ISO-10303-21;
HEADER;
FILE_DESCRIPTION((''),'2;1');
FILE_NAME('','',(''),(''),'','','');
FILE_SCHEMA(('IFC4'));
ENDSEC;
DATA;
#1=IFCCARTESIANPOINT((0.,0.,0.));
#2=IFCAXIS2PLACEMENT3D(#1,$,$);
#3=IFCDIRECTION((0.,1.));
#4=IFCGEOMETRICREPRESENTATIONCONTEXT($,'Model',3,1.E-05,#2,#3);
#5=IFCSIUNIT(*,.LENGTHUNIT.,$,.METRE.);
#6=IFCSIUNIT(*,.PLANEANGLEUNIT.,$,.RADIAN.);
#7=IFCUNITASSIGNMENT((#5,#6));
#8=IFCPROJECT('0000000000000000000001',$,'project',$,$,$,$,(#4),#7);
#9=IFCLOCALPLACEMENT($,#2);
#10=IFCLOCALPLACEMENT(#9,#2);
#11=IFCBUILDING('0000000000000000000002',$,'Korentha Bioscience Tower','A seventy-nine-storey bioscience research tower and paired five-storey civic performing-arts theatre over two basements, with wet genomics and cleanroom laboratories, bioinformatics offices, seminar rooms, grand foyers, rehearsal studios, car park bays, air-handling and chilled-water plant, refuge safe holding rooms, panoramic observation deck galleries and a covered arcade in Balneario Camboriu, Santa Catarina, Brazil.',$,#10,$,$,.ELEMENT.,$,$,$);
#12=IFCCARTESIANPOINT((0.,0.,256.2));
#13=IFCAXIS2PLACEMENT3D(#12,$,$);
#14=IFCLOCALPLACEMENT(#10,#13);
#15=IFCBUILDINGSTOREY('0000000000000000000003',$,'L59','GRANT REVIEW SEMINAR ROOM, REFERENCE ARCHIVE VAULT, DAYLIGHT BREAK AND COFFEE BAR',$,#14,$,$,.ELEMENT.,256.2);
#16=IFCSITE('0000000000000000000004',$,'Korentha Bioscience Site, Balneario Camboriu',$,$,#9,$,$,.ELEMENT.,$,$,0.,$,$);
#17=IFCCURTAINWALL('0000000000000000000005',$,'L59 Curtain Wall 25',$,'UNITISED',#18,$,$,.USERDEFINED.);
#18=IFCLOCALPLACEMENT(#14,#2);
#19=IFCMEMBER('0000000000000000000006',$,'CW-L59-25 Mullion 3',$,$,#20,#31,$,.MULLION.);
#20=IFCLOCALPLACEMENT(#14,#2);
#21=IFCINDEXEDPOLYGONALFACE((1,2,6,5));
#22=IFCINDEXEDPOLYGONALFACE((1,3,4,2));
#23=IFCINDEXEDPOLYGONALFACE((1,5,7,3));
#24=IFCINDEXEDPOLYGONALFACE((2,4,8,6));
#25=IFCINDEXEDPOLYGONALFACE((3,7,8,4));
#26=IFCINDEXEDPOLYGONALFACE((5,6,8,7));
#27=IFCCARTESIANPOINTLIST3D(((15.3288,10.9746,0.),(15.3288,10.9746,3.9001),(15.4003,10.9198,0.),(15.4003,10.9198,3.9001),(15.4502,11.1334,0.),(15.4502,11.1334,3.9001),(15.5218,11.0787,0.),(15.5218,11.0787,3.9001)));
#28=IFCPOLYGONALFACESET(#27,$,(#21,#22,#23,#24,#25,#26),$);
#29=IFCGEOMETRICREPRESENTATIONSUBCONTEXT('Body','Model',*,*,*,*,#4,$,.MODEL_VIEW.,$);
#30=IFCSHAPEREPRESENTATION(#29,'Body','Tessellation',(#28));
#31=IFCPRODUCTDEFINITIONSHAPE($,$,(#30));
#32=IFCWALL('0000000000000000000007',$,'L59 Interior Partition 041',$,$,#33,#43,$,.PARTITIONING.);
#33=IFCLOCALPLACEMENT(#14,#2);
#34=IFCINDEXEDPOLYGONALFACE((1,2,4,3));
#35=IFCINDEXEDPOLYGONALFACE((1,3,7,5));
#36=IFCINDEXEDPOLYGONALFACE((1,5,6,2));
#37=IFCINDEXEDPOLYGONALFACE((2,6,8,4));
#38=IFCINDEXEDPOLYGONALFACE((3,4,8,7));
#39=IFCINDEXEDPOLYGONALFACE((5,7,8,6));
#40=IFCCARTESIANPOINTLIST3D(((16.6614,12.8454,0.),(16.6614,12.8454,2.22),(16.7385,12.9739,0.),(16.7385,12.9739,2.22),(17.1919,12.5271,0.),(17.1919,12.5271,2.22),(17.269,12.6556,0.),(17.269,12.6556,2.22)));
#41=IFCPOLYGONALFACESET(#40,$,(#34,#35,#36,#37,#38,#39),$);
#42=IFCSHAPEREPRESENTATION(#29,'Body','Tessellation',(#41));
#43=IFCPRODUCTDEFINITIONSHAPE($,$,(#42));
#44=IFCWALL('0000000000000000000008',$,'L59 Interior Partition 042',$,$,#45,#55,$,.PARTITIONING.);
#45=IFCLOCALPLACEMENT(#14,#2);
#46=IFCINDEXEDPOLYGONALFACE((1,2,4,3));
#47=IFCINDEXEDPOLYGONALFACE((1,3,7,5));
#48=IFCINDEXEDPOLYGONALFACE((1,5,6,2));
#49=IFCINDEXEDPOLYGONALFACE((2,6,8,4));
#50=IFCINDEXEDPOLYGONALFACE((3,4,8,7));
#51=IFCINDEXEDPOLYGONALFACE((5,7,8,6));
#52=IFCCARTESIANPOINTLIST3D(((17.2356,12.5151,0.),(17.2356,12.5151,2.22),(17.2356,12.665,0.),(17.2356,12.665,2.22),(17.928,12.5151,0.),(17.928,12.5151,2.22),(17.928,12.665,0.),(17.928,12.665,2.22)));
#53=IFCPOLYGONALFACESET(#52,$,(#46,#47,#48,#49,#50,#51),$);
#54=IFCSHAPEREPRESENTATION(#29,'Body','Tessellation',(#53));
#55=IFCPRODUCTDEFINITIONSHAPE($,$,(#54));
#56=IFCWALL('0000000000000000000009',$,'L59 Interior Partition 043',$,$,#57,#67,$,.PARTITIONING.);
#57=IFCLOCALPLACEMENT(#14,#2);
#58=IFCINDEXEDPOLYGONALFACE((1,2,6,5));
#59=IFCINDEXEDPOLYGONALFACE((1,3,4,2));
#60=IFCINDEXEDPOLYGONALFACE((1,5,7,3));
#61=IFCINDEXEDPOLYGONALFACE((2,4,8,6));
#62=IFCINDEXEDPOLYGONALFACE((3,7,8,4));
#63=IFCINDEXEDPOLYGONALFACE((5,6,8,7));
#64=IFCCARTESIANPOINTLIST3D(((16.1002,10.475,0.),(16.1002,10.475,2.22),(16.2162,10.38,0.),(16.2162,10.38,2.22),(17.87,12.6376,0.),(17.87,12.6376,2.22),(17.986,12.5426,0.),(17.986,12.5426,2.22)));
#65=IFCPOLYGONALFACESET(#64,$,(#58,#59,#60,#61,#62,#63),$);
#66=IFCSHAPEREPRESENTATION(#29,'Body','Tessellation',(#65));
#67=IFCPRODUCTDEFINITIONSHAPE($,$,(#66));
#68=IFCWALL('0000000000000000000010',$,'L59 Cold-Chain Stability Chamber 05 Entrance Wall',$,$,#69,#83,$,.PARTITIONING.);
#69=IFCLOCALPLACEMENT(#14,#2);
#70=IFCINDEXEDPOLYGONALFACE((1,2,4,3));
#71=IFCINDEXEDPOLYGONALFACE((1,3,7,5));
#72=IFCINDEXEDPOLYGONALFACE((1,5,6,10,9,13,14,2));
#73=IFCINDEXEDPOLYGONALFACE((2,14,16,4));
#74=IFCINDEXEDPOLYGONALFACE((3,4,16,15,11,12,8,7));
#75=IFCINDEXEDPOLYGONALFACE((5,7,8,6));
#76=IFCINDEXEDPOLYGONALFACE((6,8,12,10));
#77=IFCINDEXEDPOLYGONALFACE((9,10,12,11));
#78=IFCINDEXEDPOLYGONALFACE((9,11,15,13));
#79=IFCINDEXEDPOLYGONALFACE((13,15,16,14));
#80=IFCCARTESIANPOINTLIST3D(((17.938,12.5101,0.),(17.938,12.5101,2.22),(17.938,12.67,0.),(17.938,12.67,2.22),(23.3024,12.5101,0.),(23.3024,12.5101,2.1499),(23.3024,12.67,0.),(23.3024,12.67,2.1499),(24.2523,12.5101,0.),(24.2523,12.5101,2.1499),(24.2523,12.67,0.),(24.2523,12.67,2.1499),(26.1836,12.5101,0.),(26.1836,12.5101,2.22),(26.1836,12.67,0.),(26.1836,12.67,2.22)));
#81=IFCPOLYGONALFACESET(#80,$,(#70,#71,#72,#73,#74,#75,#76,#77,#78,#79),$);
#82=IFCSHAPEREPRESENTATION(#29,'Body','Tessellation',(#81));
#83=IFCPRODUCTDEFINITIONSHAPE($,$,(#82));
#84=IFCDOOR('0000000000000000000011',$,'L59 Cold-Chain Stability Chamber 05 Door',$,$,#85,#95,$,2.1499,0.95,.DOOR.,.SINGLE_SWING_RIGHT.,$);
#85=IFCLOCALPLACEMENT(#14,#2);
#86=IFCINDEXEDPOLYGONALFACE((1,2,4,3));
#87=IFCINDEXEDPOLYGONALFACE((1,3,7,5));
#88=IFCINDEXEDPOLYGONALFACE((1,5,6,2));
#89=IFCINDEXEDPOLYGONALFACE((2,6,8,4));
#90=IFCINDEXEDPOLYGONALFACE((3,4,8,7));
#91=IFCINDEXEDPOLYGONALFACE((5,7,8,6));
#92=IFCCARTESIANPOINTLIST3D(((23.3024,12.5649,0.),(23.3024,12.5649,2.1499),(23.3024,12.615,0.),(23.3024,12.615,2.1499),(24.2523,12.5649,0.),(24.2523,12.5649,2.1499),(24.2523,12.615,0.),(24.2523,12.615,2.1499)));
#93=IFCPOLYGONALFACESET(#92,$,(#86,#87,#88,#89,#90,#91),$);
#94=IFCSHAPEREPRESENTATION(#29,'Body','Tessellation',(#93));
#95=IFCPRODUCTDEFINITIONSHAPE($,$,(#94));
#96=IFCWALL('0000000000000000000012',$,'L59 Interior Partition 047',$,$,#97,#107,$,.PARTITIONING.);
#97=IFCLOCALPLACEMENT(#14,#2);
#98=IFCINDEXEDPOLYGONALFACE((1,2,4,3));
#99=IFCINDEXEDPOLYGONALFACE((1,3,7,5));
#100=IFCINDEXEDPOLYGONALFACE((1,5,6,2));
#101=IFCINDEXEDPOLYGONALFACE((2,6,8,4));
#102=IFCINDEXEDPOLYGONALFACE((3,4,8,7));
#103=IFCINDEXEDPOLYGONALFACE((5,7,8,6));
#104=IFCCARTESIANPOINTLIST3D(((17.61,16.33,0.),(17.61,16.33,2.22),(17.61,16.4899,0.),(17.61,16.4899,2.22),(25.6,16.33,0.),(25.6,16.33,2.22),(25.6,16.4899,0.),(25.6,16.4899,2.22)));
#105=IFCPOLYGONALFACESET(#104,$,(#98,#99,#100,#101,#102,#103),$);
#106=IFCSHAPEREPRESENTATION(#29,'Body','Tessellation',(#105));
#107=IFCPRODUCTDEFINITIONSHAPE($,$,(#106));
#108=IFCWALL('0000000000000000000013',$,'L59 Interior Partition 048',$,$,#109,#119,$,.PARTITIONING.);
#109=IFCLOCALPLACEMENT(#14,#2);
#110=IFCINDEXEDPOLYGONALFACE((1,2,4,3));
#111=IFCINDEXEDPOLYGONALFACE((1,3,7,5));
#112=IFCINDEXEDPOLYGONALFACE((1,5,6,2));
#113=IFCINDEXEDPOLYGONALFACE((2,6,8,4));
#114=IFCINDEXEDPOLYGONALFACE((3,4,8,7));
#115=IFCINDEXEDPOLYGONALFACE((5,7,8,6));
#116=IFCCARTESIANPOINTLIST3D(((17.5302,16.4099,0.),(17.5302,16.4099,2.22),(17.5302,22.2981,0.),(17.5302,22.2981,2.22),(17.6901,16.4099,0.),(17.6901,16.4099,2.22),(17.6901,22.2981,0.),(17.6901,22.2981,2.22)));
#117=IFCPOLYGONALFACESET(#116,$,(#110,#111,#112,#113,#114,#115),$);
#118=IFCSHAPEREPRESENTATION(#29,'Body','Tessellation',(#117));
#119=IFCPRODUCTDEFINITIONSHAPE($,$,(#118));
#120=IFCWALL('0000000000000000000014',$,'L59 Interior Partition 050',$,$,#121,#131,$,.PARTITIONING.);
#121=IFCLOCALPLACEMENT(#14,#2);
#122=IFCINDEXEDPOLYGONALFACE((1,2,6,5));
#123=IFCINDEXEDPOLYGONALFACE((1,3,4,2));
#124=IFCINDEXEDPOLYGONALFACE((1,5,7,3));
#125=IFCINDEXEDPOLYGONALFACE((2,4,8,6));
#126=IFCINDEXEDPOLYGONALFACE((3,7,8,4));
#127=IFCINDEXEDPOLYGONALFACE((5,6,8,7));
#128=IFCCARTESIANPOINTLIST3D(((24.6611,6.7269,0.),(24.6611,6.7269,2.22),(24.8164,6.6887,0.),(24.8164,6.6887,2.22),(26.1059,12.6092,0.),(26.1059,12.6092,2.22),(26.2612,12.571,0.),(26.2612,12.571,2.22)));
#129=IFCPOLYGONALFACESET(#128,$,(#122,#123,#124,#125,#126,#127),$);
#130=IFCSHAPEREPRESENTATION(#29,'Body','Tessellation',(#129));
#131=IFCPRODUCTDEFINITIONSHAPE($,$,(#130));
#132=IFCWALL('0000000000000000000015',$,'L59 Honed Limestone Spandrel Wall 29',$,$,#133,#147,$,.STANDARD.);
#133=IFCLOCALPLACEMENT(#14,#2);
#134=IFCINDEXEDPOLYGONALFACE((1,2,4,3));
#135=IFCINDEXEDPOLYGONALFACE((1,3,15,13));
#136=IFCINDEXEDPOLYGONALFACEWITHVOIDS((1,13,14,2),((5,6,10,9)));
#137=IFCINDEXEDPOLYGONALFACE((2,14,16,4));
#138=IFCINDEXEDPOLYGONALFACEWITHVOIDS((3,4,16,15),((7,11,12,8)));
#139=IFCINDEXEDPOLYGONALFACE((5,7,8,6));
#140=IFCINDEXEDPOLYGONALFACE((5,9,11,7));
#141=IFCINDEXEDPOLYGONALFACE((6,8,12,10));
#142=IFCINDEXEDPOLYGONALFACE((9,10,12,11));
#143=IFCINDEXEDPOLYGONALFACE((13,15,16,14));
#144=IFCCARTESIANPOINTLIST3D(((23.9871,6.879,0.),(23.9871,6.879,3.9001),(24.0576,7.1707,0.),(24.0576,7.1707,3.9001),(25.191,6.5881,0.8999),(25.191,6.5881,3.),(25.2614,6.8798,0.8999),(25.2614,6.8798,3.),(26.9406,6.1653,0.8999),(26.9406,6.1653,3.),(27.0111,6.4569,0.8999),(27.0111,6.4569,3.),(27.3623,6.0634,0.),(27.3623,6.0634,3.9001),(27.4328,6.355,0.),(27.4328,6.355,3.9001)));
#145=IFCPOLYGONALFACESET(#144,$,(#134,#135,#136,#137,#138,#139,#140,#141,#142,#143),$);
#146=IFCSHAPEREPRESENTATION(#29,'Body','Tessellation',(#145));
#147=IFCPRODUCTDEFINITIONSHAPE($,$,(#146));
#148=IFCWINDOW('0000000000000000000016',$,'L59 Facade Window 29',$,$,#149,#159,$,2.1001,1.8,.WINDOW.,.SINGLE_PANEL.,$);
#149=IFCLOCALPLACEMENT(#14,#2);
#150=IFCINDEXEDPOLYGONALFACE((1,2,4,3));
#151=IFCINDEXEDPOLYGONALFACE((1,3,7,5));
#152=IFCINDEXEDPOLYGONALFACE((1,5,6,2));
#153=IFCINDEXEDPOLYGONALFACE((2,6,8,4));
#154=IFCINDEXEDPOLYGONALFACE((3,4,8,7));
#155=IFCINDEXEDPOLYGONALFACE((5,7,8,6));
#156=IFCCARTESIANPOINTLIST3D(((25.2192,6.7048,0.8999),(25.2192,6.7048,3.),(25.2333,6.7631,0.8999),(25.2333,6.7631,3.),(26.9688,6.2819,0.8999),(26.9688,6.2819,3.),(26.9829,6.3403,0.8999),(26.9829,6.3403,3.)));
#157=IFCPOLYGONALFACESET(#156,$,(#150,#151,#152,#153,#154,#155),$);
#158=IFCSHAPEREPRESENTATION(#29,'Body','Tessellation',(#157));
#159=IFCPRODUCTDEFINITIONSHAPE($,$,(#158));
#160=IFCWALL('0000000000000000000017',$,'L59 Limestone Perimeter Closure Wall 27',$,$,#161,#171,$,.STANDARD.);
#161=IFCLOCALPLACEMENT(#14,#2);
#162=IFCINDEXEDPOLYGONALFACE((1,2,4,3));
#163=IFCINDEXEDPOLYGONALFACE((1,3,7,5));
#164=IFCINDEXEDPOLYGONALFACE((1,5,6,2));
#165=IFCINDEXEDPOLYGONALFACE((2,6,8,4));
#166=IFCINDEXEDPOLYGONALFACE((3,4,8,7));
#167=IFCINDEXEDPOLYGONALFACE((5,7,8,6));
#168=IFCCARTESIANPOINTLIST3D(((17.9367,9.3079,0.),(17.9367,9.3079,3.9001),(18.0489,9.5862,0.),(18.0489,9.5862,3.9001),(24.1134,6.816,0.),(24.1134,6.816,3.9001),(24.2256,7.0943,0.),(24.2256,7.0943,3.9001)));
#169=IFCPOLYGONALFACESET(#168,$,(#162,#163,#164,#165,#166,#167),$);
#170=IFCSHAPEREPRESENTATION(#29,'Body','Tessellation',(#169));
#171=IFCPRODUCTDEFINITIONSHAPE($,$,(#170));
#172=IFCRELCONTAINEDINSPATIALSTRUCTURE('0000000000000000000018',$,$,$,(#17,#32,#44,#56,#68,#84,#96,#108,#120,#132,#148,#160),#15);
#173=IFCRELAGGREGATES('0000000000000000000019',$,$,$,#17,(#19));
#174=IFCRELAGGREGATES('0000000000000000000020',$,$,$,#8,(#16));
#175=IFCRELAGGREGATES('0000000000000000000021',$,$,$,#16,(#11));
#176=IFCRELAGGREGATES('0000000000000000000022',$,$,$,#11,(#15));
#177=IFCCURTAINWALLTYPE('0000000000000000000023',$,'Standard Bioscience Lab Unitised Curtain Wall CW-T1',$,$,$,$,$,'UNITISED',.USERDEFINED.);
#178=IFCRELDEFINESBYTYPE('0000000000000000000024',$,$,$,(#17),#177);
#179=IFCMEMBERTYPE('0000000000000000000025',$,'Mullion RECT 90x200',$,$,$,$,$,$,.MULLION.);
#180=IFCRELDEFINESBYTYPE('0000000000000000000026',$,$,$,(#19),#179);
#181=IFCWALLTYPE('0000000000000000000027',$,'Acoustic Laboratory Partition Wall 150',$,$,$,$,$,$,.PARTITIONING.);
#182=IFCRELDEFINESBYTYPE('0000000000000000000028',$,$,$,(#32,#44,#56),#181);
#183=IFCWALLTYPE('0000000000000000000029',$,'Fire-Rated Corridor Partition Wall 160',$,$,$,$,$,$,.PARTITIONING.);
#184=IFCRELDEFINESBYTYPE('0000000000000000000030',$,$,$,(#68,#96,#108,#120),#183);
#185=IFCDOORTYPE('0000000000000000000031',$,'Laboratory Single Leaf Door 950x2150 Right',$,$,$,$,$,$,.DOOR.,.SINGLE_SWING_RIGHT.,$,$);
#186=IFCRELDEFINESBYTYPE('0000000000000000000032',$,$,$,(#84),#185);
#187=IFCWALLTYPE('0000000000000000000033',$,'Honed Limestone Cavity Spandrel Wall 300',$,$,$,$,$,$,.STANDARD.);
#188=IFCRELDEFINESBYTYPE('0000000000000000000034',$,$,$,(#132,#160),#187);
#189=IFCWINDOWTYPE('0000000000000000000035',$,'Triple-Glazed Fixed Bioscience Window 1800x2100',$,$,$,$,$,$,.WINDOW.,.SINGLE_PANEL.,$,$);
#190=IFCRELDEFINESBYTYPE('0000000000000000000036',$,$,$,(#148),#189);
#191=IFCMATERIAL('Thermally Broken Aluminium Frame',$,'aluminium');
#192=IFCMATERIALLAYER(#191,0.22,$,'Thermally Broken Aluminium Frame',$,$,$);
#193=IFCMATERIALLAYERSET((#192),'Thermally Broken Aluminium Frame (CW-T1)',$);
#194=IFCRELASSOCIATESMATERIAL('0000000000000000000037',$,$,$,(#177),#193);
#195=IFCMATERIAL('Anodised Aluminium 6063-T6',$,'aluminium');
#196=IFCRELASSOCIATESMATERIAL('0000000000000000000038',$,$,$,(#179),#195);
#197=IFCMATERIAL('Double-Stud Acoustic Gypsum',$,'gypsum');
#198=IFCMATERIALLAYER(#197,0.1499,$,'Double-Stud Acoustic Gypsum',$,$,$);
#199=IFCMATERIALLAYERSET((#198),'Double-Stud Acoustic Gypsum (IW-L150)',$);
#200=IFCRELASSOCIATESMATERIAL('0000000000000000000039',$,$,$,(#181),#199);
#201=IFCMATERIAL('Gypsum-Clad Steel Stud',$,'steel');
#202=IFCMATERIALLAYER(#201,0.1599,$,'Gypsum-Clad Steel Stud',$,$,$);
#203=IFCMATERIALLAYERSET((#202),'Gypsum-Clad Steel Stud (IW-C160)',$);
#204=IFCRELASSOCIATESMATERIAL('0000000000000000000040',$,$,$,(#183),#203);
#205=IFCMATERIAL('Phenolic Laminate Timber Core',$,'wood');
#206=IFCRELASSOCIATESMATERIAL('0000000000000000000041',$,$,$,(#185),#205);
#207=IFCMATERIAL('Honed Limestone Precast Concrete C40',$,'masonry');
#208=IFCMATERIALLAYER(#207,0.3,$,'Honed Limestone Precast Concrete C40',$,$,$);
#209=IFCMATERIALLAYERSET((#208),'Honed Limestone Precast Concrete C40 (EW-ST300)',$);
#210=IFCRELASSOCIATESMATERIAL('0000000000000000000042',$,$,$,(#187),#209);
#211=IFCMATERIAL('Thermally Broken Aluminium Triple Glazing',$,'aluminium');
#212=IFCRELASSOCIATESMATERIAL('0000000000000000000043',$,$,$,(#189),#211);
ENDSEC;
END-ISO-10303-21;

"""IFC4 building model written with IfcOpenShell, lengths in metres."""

from ifc_helpers import new_model, si_unit, direction, frame, frame_2d, origin, origin_2d, place, context, subcontext, project, spatial, rectangle, extrude, material, layer, layer_set, material_profile, profile_set, type_object, element, fill, aggregate, save


model = new_model("IFC4")

# Units and contexts
model_context = context("Model", 3, precision=1e-05, world=origin(), true_north=direction((0.0, 1.0)))
body_context = subcontext(model_context, "Body", "Model", "MODEL_VIEW")
ifc_project = project(units=[si_unit("LENGTHUNIT", "METRE"), si_unit("PLANEANGLEUNIT", "RADIAN")], contexts=[model_context])

# Site, building, storey
site_placement = place(None, origin())
site = spatial("IfcSite", under=ifc_project, at=site_placement, Name="Korentha Bioscience Site, Balneario Camboriu", CompositionType="ELEMENT", RefElevation=0.0)
building_placement = place(site_placement, origin())
building = spatial("IfcBuilding", under=site, at=building_placement, Name="Korentha Bioscience Tower", Description="A seventy-nine-storey bioscience research tower and paired five-storey civic performing-arts theatre over two basements, with wet genomics and cleanroom laboratories, bioinformatics offices, seminar rooms, grand foyers, rehearsal studios, car park bays, air-handling and chilled-water plant, refuge safe holding rooms, panoramic observation deck galleries and a covered arcade in Balneario Camboriu, Santa Catarina, Brazil.", CompositionType="ELEMENT")
storey_placement = place(building_placement, frame((0.0, 0.0, 256.2)))
storey = spatial("IfcBuildingStorey", under=building, at=storey_placement, Name="L59", Description="GRANT REVIEW SEMINAR ROOM, REFERENCE ARCHIVE VAULT, DAYLIGHT BREAK AND COFFEE BAR", CompositionType="ELEMENT", Elevation=256.2)

# Curtain wall, member
ifc_material_1 = material(Name="Thermally Broken Aluminium Frame", Category="aluminium")
ifc_layer_1 = layer(ifc_material_1, 0.22, Name="Thermally Broken Aluminium Frame")
ifc_layer_set_1 = layer_set([ifc_layer_1], Name="Thermally Broken Aluminium Frame (CW-T1)")
curtain_wall_type = type_object("IfcCurtainWallType", Name="Standard Bioscience Lab Unitised Curtain Wall CW-T1", ElementType="UNITISED", PredefinedType="USERDEFINED", material=ifc_layer_set_1)
curtain_wall_placement = place(storey_placement, origin())
curtain_wall = element("IfcCurtainWall", 1, at=curtain_wall_placement, inside=storey, type_object=curtain_wall_type, Name="L59 Curtain Wall 25", ObjectType="UNITISED", PredefinedType="USERDEFINED")
ifc_material_2 = material(Name="Anodised Aluminium 6063-T6", Category="aluminium")
ifc_material_profile_1 = material_profile(ifc_material_2, rectangle(XDim=0.0901, YDim=0.2, at=origin_2d()), Name="Anodised Aluminium 6063-T6")
ifc_profile_set_1 = profile_set([ifc_material_profile_1], Name="Anodised Aluminium 6063-T6 (CW-MUL)")
member_type = type_object("IfcMemberType", Name="Mullion RECT 90x200", PredefinedType="MULLION", material=ifc_profile_set_1)
member_placement = place(storey_placement, frame((15.4253, 11.0266, 0.0), z_axis=(0.0, 0.0, 1.0), x_axis=(0.794382, -0.607418, 0.0)))
member = element("IfcMember", 2, at=member_placement, type_object=member_type, Name="CW-L59-25 Mullion 3", PredefinedType="MULLION", context=body_context, shape_type="SweptSolid", body=[
    extrude(rectangle(XDim=0.0901, YDim=0.2, at=origin_2d()), origin(), (0.0, 0.0, 1.0), 3.9001),
])
aggregate(curtain_wall, [member])

# Shared definitions
ifc_material_3 = material(Name="Double-Stud Acoustic Gypsum", Category="gypsum")
ifc_layer_2 = layer(ifc_material_3, 0.1499, Name="Double-Stud Acoustic Gypsum")
ifc_layer_set_2 = layer_set([ifc_layer_2], Name="Double-Stud Acoustic Gypsum (IW-L150)")
wall_type_1 = type_object("IfcWallType", Name="Acoustic Laboratory Partition Wall 150", PredefinedType="PARTITIONING", material=ifc_layer_set_2)
ifc_material_4 = material(Name="Phenolic Laminate Timber Core", Category="wood")

# Walls
wall_1_placement = place(storey_placement, frame((16.7, 12.9097, 0.0), z_axis=(0.0, 0.0, 1.0), x_axis=(0.857458, -0.514554, 0.0)))
element("IfcWall", 3, at=wall_1_placement, inside=storey, type_object=wall_type_1, Name="L59 Interior Partition 041", PredefinedType="PARTITIONING", context=body_context, shape_type="SweptSolid", body=[
    extrude(rectangle(XDim=0.6187, YDim=0.1499, at=frame_2d((0.3093, 0.0))), origin(), (0.0, 0.0, 1.0), 2.22),
])
wall_2_placement = place(storey_placement, frame((17.2356, 12.5901, 0.0), z_axis=(0.0, 0.0, 1.0), x_axis=(1.0, 0.0, 0.0)))
element("IfcWall", 4, at=wall_2_placement, inside=storey, type_object=wall_type_1, Name="L59 Interior Partition 042", PredefinedType="PARTITIONING", context=body_context, shape_type="SweptSolid", body=[
    extrude(rectangle(XDim=0.6924, YDim=0.1499, at=frame_2d((0.3462, 0.0))), origin(), (0.0, 0.0, 1.0), 2.22),
])
wall_3_placement = place(storey_placement, frame((17.928, 12.5901, 0.0), z_axis=(0.0, 0.0, 1.0), x_axis=(-0.633319, -0.773891, 0.0)))
element("IfcWall", 5, at=wall_3_placement, inside=storey, type_object=wall_type_1, Name="L59 Interior Partition 043", PredefinedType="PARTITIONING", context=body_context, shape_type="SweptSolid", body=[
    extrude(rectangle(XDim=2.7944, YDim=0.1499, at=frame_2d((1.3972, 0.0))), origin(), (0.0, 0.0, 1.0), 2.22),
])

# Wall, opening, door
ifc_material_5 = material(Name="Gypsum-Clad Steel Stud", Category="steel")
ifc_layer_3 = layer(ifc_material_5, 0.1599, Name="Gypsum-Clad Steel Stud")
ifc_layer_set_3 = layer_set([ifc_layer_3], Name="Gypsum-Clad Steel Stud (IW-C160)")
wall_type_2 = type_object("IfcWallType", Name="Fire-Rated Corridor Partition Wall 160", PredefinedType="PARTITIONING", material=ifc_layer_set_3)
wall_4_placement = place(storey_placement, frame((17.938, 12.5901, 0.0), z_axis=(0.0, 0.0, 1.0), x_axis=(1.0, 0.0, 0.0)))
wall_4 = element("IfcWall", 6, at=wall_4_placement, inside=storey, type_object=wall_type_2, Name="L59 Cold-Chain Stability Chamber 05 Entrance Wall", PredefinedType="PARTITIONING", context=body_context, shape_type="SweptSolid", body=[
    extrude(rectangle(XDim=8.2456, YDim=0.1599, at=frame_2d((4.1228, 0.0))), origin(), (0.0, 0.0, 1.0), 2.22),
])
opening_1_placement = place(wall_4_placement, frame((5.3643, 0.0, 0.0)))
opening_1 = element("IfcOpeningElement", 7, at=opening_1_placement, cuts=wall_4, PredefinedType="OPENING", context=body_context, shape_type="SweptSolid", body=[
    extrude(rectangle(XDim=0.95, YDim=2.1499, at=frame_2d((0.4751, 1.075))), frame((0.0, 0.0947, 0.0), z_axis=(0.0, -1.0, 0.0), x_axis=(1.0, 0.0, 0.0)), (0.0, 0.0, 1.0), 0.1897),
])
door_type_1 = type_object("IfcDoorType", Name="Laboratory Single Leaf Door 950x2150 Right", OperationType="SINGLE_SWING_RIGHT", PredefinedType="DOOR", material=ifc_material_4)
door_1_placement = place(opening_1_placement, origin())
door_1 = element("IfcDoor", 8, at=door_1_placement, inside=storey, type_object=door_type_1, Name="L59 Cold-Chain Stability Chamber 05 Door", OperationType="SINGLE_SWING_RIGHT", OverallHeight=2.1499, OverallWidth=0.95, PredefinedType="DOOR", context=body_context, shape_type="SweptSolid", body=[
    extrude(rectangle(XDim=0.95, YDim=2.1499, at=frame_2d((0.4751, 1.075))), frame((0.0, 0.0249, 0.0), z_axis=(0.0, -1.0, 0.0), x_axis=(1.0, 0.0, 0.0)), (0.0, 0.0, 1.0), 0.05),
])
fill(opening_1, door_1)

# Walls
wall_5_placement = place(storey_placement, frame((25.6001, 16.4099, 0.0), z_axis=(0.0, 0.0, 1.0), x_axis=(-1.0, 0.0, 0.0)))
element("IfcWall", 9, at=wall_5_placement, inside=storey, type_object=wall_type_2, Name="L59 Interior Partition 047", PredefinedType="PARTITIONING", context=body_context, shape_type="SweptSolid", body=[
    extrude(rectangle(XDim=7.99, YDim=0.1599, at=frame_2d((3.9951, 0.0))), origin(), (0.0, 0.0, 1.0), 2.22),
])
wall_6_placement = place(storey_placement, frame((17.6101, 16.4099, 0.0), z_axis=(0.0, 0.0, 1.0), x_axis=(0.0, 1.0, 0.0)))
element("IfcWall", 10, at=wall_6_placement, inside=storey, type_object=wall_type_2, Name="L59 Interior Partition 048", PredefinedType="PARTITIONING", context=body_context, shape_type="SweptSolid", body=[
    extrude(rectangle(XDim=5.8882, YDim=0.1599, at=frame_2d((2.9441, 0.0))), origin(), (0.0, 0.0, 1.0), 2.22),
])
wall_7_placement = place(storey_placement, frame((26.1836, 12.5901, 0.0), z_axis=(0.0, 0.0, 1.0), x_axis=(-0.238531, -0.971135, 0.0)))
element("IfcWall", 11, at=wall_7_placement, inside=storey, type_object=wall_type_2, Name="L59 Interior Partition 050", PredefinedType="PARTITIONING", context=body_context, shape_type="SweptSolid", body=[
    extrude(rectangle(XDim=6.0571, YDim=0.1599, at=frame_2d((3.0286, 0.0))), origin(), (0.0, 0.0, 1.0), 2.22),
])

# Shared definitions
ifc_material_6 = material(Name="Honed Limestone Precast Concrete C40", Category="masonry")
ifc_layer_4 = layer(ifc_material_6, 0.3, Name="Honed Limestone Precast Concrete C40")
ifc_layer_set_4 = layer_set([ifc_layer_4], Name="Honed Limestone Precast Concrete C40 (EW-ST300)")
wall_type_3 = type_object("IfcWallType", Name="Honed Limestone Cavity Spandrel Wall 300", PredefinedType="STANDARD", material=ifc_layer_set_4)

# Wall, opening, window
wall_8_placement = place(storey_placement, frame((24.0222, 7.0249, 0.0), z_axis=(0.0, 0.0, 1.0), x_axis=(0.972019, -0.234902, 0.0)))
wall_8 = element("IfcWall", 12, at=wall_8_placement, inside=storey, type_object=wall_type_3, Name="L59 Honed Limestone Spandrel Wall 29", PredefinedType="STANDARD", context=body_context, shape_type="SweptSolid", body=[
    extrude(rectangle(XDim=3.4724, YDim=0.3, at=frame_2d((1.7363, 0.0))), origin(), (0.0, 0.0, 1.0), 3.9001),
])
opening_2_placement = place(wall_8_placement, frame((1.2388, 0.0, 0.8999)))
opening_2 = element("IfcOpeningElement", 13, at=opening_2_placement, cuts=wall_8, PredefinedType="OPENING", context=body_context, shape_type="SweptSolid", body=[
    extrude(rectangle(XDim=1.8, YDim=2.1001, at=frame_2d((0.8999, 1.05))), frame((0.0, 0.165, 0.0), z_axis=(0.0, -1.0, 0.0), x_axis=(1.0, 0.0, 0.0)), (0.0, 0.0, 1.0), 0.3298),
])
ifc_material_7 = material(Name="Thermally Broken Aluminium Triple Glazing", Category="aluminium")
window_type = type_object("IfcWindowType", Name="Triple-Glazed Fixed Bioscience Window 1800x2100", PartitioningType="SINGLE_PANEL", PredefinedType="WINDOW", material=ifc_material_7)
window_placement = place(opening_2_placement, origin())
window = element("IfcWindow", 14, at=window_placement, inside=storey, type_object=window_type, Name="L59 Facade Window 29", OverallHeight=2.1001, OverallWidth=1.8, PartitioningType="SINGLE_PANEL", PredefinedType="WINDOW", context=body_context, shape_type="SweptSolid", body=[
    extrude(rectangle(XDim=1.8, YDim=2.1001, at=frame_2d((0.8999, 1.05))), frame((0.0, 0.03, 0.0), z_axis=(0.0, -1.0, 0.0), x_axis=(1.0, 0.0, 0.0)), (0.0, 0.0, 1.0), 0.0601),
])
fill(opening_2, window)

# Wall
wall_9_placement = place(storey_placement, frame((17.9929, 9.447, 0.0), z_axis=(0.0, 0.0, 1.0), x_axis=(0.927373, -0.374138, 0.0)))
element("IfcWall", 15, at=wall_9_placement, inside=storey, type_object=wall_type_3, Name="L59 Limestone Perimeter Closure Wall 27", PredefinedType="STANDARD", context=body_context, shape_type="SweptSolid", body=[
    extrude(rectangle(XDim=6.6604, YDim=0.3, at=frame_2d((3.3301, 0.0))), origin(), (0.0, 0.0, 1.0), 3.9001),
])

save(model, "model.ifc")
